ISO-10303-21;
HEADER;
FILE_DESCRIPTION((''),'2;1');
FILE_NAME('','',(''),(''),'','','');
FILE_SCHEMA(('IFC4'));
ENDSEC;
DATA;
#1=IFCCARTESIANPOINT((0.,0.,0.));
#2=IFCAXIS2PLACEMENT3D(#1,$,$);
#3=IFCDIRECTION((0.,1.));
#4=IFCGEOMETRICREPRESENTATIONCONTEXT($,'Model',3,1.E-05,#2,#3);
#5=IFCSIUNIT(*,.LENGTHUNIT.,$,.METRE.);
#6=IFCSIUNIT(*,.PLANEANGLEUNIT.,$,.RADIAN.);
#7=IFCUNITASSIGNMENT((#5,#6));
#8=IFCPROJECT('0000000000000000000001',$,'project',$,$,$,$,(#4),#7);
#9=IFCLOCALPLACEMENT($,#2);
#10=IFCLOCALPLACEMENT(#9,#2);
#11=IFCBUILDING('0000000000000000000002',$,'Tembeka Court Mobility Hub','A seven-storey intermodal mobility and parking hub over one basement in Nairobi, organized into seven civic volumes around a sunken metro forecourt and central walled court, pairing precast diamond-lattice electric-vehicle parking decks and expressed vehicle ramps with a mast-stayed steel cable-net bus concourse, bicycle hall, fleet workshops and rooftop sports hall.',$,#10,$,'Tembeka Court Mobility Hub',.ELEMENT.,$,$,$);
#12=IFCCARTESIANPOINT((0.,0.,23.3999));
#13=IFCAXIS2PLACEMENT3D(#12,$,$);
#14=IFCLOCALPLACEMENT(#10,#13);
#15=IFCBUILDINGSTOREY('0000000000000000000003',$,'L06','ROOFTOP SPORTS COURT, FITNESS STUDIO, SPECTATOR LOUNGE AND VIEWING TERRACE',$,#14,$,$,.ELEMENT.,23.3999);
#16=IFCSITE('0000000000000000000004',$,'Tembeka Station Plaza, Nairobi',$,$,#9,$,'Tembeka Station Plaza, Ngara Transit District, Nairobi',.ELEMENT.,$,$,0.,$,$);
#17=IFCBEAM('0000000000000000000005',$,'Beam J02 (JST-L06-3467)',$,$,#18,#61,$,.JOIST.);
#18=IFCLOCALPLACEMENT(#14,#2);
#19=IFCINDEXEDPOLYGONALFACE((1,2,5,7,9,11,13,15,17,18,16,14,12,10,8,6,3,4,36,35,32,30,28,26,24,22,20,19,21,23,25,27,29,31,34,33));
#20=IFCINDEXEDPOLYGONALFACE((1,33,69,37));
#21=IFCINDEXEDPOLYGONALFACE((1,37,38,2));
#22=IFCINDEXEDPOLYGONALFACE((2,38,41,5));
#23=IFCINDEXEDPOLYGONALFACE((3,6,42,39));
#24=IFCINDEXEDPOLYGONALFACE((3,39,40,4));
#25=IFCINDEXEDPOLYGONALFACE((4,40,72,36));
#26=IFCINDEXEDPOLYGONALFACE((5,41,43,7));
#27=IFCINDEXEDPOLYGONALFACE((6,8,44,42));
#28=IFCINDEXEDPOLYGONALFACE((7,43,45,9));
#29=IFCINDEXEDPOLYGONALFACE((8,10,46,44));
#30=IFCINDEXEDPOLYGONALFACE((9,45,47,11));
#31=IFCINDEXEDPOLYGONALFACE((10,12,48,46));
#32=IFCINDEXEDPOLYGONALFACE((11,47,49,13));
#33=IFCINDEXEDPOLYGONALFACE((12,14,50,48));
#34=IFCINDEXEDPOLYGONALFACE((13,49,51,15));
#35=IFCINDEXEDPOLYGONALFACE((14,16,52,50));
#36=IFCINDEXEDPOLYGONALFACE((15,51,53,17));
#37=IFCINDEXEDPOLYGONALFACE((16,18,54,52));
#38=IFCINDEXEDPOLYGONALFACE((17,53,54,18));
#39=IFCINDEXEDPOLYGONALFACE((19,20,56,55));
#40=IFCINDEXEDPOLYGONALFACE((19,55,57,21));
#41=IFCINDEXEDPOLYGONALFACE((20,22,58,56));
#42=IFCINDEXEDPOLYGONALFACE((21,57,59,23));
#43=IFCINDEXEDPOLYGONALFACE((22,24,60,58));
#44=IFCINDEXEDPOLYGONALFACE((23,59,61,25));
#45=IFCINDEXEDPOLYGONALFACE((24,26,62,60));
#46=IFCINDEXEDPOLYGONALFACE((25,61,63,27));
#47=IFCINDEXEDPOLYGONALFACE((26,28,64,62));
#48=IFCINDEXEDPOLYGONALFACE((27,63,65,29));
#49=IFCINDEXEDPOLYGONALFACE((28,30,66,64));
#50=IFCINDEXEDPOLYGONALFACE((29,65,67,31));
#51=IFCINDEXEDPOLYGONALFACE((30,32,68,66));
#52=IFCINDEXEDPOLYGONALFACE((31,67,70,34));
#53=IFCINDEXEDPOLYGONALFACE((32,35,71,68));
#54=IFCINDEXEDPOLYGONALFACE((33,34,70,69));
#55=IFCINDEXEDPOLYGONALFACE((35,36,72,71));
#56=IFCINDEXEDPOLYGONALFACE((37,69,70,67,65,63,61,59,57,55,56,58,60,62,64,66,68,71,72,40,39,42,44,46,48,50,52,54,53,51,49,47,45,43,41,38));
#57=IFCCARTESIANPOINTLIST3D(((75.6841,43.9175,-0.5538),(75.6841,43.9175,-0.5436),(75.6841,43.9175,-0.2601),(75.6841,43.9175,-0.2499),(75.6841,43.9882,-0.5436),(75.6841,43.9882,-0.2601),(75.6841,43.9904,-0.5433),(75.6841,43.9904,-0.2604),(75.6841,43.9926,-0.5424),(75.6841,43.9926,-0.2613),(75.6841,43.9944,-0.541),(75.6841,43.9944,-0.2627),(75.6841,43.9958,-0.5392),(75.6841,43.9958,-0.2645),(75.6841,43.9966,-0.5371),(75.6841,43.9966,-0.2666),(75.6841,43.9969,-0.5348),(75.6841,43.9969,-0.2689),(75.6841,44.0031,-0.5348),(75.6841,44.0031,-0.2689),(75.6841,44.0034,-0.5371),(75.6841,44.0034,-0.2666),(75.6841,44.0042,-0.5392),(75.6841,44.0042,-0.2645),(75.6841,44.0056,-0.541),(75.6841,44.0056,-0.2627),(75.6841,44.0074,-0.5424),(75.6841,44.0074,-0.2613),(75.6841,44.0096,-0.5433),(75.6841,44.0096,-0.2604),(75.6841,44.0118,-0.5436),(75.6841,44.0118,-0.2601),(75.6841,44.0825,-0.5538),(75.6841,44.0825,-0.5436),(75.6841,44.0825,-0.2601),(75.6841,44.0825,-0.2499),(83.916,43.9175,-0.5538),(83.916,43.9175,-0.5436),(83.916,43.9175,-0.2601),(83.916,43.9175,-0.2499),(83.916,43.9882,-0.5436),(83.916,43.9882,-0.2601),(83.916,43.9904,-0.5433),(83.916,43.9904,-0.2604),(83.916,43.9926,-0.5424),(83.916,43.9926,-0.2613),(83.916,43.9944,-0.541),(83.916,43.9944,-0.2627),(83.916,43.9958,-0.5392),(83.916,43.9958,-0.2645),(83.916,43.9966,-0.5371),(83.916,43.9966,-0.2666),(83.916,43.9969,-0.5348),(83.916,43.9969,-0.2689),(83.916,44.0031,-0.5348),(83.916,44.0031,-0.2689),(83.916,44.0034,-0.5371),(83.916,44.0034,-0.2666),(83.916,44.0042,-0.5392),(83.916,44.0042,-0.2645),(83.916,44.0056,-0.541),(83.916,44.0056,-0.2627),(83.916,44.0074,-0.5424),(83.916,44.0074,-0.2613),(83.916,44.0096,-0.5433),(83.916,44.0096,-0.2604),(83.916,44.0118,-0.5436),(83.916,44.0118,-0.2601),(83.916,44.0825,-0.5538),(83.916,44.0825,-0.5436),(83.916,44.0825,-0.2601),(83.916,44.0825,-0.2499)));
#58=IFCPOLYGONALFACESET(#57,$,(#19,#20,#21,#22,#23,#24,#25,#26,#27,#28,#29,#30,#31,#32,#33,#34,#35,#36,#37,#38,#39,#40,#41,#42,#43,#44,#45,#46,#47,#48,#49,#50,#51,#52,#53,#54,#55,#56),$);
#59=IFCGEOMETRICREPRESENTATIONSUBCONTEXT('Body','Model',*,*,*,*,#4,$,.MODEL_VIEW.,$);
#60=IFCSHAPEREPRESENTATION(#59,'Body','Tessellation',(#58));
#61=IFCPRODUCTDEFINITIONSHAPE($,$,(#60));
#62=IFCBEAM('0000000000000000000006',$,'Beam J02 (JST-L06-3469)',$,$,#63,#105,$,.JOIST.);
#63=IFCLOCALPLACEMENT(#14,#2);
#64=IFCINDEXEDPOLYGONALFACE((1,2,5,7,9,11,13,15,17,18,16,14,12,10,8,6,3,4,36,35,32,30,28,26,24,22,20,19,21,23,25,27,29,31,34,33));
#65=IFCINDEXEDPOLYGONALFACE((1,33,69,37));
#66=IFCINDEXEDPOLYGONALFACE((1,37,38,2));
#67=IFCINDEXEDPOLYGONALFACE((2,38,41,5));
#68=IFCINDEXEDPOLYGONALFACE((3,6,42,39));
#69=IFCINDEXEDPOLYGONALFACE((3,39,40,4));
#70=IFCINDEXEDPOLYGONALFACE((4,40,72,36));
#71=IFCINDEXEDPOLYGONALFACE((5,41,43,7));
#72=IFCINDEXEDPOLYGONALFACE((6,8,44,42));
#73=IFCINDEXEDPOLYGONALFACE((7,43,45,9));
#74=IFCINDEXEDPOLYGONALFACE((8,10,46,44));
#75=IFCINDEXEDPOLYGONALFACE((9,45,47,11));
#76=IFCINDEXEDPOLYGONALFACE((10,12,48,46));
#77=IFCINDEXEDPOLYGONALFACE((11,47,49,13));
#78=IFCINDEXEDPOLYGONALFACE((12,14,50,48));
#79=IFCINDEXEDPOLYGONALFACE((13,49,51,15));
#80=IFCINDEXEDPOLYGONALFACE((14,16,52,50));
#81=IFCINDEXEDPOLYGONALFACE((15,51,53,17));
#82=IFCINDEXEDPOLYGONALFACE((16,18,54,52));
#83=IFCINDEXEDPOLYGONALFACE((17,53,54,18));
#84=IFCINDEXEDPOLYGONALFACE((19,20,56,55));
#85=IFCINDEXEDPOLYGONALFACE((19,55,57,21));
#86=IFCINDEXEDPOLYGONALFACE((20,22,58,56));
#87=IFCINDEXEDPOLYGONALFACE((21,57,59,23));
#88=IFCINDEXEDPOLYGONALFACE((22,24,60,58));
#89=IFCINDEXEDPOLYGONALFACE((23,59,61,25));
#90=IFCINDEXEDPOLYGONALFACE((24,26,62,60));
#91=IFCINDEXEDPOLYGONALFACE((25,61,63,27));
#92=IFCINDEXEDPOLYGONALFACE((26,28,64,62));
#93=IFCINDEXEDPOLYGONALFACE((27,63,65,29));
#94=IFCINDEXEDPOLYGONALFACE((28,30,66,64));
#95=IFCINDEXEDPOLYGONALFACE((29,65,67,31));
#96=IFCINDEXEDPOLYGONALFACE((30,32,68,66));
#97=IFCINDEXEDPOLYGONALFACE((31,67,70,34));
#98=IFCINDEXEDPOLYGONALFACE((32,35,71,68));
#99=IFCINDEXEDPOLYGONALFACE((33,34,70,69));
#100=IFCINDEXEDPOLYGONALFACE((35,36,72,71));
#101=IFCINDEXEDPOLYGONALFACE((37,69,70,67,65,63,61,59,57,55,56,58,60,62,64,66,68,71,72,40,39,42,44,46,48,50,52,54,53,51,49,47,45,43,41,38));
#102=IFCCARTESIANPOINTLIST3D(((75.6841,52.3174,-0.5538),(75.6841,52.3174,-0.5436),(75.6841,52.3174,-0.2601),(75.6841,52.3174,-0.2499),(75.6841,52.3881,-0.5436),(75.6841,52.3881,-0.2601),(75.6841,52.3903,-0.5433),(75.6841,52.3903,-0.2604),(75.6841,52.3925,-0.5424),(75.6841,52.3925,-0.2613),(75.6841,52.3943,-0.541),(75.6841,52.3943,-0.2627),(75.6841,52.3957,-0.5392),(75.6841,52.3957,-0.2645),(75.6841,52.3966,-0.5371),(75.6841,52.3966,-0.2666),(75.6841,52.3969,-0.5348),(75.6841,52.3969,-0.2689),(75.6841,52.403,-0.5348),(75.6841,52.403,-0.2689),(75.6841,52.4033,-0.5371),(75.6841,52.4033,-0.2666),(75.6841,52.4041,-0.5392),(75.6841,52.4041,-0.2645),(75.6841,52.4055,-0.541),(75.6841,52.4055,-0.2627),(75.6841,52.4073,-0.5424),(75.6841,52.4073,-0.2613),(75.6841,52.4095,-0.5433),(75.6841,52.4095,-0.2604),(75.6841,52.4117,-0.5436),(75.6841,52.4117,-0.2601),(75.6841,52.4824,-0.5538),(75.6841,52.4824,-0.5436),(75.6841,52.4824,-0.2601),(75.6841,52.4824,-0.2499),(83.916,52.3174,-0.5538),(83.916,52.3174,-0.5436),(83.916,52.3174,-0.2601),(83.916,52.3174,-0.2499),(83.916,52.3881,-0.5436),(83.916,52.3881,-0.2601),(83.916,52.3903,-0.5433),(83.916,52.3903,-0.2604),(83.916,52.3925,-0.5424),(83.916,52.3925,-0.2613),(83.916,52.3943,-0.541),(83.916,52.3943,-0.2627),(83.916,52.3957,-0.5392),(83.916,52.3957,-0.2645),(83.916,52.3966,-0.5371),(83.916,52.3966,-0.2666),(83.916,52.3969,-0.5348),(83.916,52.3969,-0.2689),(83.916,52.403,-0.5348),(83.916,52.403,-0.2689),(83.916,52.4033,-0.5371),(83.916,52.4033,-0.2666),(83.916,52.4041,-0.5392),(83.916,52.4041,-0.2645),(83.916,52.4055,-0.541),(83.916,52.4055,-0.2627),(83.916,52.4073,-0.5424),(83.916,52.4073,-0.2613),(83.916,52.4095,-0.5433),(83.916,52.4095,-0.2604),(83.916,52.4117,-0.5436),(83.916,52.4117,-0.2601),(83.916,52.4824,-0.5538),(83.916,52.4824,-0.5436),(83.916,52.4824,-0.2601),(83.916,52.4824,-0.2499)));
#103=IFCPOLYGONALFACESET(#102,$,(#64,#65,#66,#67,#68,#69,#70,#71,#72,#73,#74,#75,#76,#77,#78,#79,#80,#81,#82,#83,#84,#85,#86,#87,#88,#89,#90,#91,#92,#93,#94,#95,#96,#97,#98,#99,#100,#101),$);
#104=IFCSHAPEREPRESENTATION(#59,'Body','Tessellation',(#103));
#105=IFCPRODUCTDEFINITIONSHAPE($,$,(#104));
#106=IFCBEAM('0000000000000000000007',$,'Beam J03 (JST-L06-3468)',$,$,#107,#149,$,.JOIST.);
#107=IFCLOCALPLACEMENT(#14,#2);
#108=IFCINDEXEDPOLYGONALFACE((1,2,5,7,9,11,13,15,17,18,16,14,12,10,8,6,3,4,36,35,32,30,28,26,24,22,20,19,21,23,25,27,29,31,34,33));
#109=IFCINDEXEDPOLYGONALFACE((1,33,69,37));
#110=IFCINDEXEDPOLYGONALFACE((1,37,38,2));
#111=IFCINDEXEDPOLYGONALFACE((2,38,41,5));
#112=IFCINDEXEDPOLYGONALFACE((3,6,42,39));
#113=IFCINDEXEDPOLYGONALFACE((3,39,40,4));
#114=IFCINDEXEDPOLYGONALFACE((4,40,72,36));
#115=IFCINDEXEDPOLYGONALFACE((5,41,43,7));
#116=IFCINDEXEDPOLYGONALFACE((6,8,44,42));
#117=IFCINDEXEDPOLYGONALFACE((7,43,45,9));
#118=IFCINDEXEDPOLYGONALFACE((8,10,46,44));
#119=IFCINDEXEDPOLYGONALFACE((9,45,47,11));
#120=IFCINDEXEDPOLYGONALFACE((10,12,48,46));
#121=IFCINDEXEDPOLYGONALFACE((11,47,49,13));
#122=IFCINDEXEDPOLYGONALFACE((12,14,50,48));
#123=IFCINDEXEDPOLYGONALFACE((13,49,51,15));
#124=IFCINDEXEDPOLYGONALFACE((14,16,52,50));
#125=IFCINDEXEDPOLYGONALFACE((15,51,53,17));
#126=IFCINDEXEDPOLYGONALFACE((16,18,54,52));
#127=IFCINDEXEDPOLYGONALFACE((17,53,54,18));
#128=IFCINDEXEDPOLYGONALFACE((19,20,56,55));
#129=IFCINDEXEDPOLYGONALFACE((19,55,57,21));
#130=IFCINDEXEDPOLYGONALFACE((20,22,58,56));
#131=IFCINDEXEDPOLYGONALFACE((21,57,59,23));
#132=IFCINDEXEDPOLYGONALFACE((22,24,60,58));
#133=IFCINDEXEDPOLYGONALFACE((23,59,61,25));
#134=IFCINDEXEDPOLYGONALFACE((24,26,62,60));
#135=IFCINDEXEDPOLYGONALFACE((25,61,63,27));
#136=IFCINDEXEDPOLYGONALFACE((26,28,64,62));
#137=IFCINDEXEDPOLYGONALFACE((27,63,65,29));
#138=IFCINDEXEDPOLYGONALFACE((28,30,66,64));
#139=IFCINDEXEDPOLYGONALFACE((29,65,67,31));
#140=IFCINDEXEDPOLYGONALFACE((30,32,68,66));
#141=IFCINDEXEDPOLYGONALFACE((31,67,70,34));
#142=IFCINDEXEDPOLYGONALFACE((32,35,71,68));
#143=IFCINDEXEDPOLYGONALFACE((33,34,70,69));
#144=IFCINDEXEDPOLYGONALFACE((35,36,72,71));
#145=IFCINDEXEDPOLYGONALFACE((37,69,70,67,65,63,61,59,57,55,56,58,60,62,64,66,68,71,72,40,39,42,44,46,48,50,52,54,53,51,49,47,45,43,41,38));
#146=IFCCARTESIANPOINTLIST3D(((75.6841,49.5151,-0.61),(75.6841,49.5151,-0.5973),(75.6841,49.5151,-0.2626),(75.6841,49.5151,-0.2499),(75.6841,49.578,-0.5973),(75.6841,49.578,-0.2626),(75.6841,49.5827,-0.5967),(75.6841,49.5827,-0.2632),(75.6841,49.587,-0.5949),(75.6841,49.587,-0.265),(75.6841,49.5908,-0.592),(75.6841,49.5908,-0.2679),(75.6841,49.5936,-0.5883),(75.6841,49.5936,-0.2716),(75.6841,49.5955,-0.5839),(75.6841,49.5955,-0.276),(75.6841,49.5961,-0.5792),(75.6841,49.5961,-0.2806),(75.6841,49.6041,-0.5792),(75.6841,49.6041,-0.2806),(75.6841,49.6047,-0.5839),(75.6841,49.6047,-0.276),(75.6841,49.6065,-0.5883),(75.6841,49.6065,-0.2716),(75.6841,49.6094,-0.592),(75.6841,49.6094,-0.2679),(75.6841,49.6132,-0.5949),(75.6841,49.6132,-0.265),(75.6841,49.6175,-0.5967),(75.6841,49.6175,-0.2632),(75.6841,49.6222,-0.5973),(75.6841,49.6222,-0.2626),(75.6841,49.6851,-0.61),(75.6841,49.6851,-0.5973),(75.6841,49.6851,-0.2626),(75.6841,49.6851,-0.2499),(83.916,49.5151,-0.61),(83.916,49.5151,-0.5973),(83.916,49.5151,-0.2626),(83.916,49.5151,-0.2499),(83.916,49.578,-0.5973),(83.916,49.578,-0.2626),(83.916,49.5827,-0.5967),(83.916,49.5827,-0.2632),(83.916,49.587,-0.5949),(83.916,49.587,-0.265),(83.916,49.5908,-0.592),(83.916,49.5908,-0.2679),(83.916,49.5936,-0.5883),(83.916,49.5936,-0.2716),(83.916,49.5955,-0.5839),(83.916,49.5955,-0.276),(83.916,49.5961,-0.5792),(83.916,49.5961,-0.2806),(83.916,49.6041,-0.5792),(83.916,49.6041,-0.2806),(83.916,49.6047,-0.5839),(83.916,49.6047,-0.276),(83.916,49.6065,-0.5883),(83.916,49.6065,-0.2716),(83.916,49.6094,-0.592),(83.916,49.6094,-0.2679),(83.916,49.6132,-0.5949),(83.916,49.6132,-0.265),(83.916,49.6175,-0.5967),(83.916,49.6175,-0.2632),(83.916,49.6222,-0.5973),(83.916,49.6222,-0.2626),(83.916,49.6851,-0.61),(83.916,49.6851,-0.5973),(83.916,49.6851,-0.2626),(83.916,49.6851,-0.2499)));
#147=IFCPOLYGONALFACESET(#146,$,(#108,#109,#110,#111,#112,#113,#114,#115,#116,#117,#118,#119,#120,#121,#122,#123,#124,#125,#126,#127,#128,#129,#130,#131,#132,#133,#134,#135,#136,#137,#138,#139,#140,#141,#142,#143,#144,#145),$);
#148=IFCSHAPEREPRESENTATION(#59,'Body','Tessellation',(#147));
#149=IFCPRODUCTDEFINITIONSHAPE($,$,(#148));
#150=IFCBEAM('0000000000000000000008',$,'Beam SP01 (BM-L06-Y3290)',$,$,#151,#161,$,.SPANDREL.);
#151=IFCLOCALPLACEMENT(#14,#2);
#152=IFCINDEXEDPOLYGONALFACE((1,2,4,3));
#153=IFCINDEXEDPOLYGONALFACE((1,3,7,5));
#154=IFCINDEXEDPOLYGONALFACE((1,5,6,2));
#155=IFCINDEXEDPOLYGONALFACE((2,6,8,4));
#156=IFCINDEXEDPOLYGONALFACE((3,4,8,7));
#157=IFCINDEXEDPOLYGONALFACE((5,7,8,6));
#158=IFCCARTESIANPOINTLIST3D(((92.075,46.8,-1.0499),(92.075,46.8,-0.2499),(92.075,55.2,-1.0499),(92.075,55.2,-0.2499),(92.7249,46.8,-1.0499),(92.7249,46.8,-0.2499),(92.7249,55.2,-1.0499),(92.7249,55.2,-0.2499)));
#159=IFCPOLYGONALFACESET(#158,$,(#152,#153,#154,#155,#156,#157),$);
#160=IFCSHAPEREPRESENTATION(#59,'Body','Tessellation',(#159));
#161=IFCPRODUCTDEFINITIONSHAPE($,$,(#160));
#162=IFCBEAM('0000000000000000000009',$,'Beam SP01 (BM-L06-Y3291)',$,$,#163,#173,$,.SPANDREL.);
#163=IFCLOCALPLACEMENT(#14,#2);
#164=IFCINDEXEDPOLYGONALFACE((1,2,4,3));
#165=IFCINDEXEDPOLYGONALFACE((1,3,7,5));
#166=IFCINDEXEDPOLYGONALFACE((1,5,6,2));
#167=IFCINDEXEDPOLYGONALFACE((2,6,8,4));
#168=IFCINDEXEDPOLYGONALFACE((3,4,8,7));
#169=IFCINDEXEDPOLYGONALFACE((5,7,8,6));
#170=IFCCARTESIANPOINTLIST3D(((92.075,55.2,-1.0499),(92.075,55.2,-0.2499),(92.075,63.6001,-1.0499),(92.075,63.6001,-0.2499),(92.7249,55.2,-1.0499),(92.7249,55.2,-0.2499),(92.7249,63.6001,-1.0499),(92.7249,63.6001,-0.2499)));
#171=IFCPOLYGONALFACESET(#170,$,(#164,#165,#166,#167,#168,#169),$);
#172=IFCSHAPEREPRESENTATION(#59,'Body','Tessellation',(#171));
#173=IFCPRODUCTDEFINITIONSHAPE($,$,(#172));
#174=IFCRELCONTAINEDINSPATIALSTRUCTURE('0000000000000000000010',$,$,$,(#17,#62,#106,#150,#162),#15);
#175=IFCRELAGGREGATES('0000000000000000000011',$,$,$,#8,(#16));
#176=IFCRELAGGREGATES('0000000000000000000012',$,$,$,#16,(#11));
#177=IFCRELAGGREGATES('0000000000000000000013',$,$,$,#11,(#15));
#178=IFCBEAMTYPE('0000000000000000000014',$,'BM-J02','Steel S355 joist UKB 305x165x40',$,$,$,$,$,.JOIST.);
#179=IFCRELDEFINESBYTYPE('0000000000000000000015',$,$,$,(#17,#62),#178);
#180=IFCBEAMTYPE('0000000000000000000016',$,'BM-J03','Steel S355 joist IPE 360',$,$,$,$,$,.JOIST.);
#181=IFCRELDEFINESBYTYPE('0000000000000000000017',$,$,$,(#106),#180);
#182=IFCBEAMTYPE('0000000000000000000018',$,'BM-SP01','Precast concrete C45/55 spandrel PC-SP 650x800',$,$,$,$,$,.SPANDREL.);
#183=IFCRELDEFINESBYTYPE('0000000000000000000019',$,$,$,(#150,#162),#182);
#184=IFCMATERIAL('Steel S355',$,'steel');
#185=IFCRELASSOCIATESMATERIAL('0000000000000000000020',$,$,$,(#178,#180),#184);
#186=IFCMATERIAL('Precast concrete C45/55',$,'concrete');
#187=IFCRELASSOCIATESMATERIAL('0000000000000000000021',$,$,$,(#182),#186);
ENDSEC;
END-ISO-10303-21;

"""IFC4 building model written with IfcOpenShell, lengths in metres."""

from ifc_helpers import new_model, si_unit, direction, frame, origin, origin_2d, place, context, subcontext, project, spatial, rectangle, i_section, extrude, material, material_profile, profile_set, type_object, element, save


model = new_model("IFC4")

# Units and contexts
model_context = context("Model", 3, precision=1e-05, world=origin(), true_north=direction((0.0, 1.0)))
body_context = subcontext(model_context, "Body", "Model", "MODEL_VIEW")
ifc_project = project(units=[si_unit("LENGTHUNIT", "METRE"), si_unit("PLANEANGLEUNIT", "RADIAN")], contexts=[model_context])

# Site, building, storey
site_placement = place(None, origin())
site = spatial("IfcSite", under=ifc_project, at=site_placement, Name="Tembeka Station Plaza, Nairobi", LongName="Tembeka Station Plaza, Ngara Transit District, Nairobi", CompositionType="ELEMENT", RefElevation=0.0)
building_placement = place(site_placement, origin())
building = spatial("IfcBuilding", under=site, at=building_placement, Name="Tembeka Court Mobility Hub", Description="A seven-storey intermodal mobility and parking hub over one basement in Nairobi, organized into seven civic volumes around a sunken metro forecourt and central walled court, pairing precast diamond-lattice electric-vehicle parking decks and expressed vehicle ramps with a mast-stayed steel cable-net bus concourse, bicycle hall, fleet workshops and rooftop sports hall.", LongName="Tembeka Court Mobility Hub", CompositionType="ELEMENT")
storey_placement = place(building_placement, frame((0.0, 0.0, 23.3999)))
storey = spatial("IfcBuildingStorey", under=building, at=storey_placement, Name="L06", Description="ROOFTOP SPORTS COURT, FITNESS STUDIO, SPECTATOR LOUNGE AND VIEWING TERRACE", CompositionType="ELEMENT", Elevation=23.3999)

# Shared definitions
ifc_material_1 = material(Name="Steel S355", Category="steel")

# Beams
ifc_material_profile_1 = material_profile(ifc_material_1, i_section(OverallWidth=0.165, OverallDepth=0.304, WebThickness=0.0061, FlangeThickness=0.0103, FilletRadius=0.0088, at=origin_2d()), Name="UKB 305x165x40")
ifc_profile_set_1 = profile_set([ifc_material_profile_1], Name="Steel S355")
beam_type_1 = type_object("IfcBeamType", Name="BM-J02", Description="Steel S355 joist UKB 305x165x40", PredefinedType="JOIST", material=ifc_profile_set_1)
for number, where, z_axis, x_axis, name in (
    (1, (75.6841, 44.0, -0.4019), (1.0, 0.0, 0.0), (0.0, 1.0, 0.0), "Beam J02 (JST-L06-3467)"),
    (2, (75.6841, 52.3999, -0.4019), (1.0, 0.0, 0.0), (0.0, 1.0, 0.0), "Beam J02 (JST-L06-3469)"),
):
    element("IfcBeam", number, at=place(storey_placement, frame(where, z_axis=z_axis, x_axis=x_axis)), inside=storey, type_object=beam_type_1, Name=name, PredefinedType="JOIST", context=body_context, shape_type="SweptSolid", body=[
        extrude(i_section(OverallWidth=0.165, OverallDepth=0.304, WebThickness=0.0061, FlangeThickness=0.0103, FilletRadius=0.0088, at=origin_2d()), origin(), (0.0, 0.0, 1.0), 8.2319),
    ])
ifc_material_profile_2 = material_profile(ifc_material_1, i_section(OverallWidth=0.1699, OverallDepth=0.3601, WebThickness=0.0081, FlangeThickness=0.0127, FilletRadius=0.0181, at=origin_2d()), Name="IPE 360")
ifc_profile_set_2 = profile_set([ifc_material_profile_2], Name="Steel S355")
beam_type_2 = type_object("IfcBeamType", Name="BM-J03", Description="Steel S355 joist IPE 360", PredefinedType="JOIST", material=ifc_profile_set_2)
beam_1_placement = place(storey_placement, frame((75.6841, 49.6001, -0.4299), z_axis=(1.0, 0.0, 0.0), x_axis=(0.0, 1.0, 0.0)))
element("IfcBeam", 3, at=beam_1_placement, inside=storey, type_object=beam_type_2, Name="Beam J03 (JST-L06-3468)", PredefinedType="JOIST", context=body_context, shape_type="SweptSolid", body=[
    extrude(i_section(OverallWidth=0.1699, OverallDepth=0.3601, WebThickness=0.0081, FlangeThickness=0.0127, FilletRadius=0.0181, at=origin_2d()), origin(), (0.0, 0.0, 1.0), 8.2319),
])
ifc_material_2 = material(Name="Precast concrete C45/55", Category="concrete")
ifc_material_profile_3 = material_profile(ifc_material_2, rectangle(XDim=0.6499, YDim=0.8, at=origin_2d()), Name="PC-SP 650x800")
ifc_profile_set_3 = profile_set([ifc_material_profile_3], Name="Precast concrete C45/55")
beam_type_3 = type_object("IfcBeamType", Name="BM-SP01", Description="Precast concrete C45/55 spandrel PC-SP 650x800", PredefinedType="SPANDREL", material=ifc_profile_set_3)
beam_2_placement = place(storey_placement, frame((92.3999, 46.8, -0.6499), z_axis=(0.0, 1.0, 0.0), x_axis=(-1.0, 0.0, 0.0)))
element("IfcBeam", 4, at=beam_2_placement, inside=storey, type_object=beam_type_3, Name="Beam SP01 (BM-L06-Y3290)", PredefinedType="SPANDREL", context=body_context, shape_type="SweptSolid", body=[
    extrude(rectangle(XDim=0.6499, YDim=0.8, at=origin_2d()), origin(), (0.0, 0.0, 1.0), 8.3999),
])
beam_3_placement = place(storey_placement, frame((92.3999, 55.2, -0.6499), z_axis=(0.0, 1.0, 0.0), x_axis=(-1.0, 0.0, 0.0)))
element("IfcBeam", 5, at=beam_3_placement, inside=storey, type_object=beam_type_3, Name="Beam SP01 (BM-L06-Y3291)", PredefinedType="SPANDREL", context=body_context, shape_type="SweptSolid", body=[
    extrude(rectangle(XDim=0.6499, YDim=0.8, at=origin_2d()), origin(), (0.0, 0.0, 1.0), 8.4001),
])

save(model, "model.ifc")
